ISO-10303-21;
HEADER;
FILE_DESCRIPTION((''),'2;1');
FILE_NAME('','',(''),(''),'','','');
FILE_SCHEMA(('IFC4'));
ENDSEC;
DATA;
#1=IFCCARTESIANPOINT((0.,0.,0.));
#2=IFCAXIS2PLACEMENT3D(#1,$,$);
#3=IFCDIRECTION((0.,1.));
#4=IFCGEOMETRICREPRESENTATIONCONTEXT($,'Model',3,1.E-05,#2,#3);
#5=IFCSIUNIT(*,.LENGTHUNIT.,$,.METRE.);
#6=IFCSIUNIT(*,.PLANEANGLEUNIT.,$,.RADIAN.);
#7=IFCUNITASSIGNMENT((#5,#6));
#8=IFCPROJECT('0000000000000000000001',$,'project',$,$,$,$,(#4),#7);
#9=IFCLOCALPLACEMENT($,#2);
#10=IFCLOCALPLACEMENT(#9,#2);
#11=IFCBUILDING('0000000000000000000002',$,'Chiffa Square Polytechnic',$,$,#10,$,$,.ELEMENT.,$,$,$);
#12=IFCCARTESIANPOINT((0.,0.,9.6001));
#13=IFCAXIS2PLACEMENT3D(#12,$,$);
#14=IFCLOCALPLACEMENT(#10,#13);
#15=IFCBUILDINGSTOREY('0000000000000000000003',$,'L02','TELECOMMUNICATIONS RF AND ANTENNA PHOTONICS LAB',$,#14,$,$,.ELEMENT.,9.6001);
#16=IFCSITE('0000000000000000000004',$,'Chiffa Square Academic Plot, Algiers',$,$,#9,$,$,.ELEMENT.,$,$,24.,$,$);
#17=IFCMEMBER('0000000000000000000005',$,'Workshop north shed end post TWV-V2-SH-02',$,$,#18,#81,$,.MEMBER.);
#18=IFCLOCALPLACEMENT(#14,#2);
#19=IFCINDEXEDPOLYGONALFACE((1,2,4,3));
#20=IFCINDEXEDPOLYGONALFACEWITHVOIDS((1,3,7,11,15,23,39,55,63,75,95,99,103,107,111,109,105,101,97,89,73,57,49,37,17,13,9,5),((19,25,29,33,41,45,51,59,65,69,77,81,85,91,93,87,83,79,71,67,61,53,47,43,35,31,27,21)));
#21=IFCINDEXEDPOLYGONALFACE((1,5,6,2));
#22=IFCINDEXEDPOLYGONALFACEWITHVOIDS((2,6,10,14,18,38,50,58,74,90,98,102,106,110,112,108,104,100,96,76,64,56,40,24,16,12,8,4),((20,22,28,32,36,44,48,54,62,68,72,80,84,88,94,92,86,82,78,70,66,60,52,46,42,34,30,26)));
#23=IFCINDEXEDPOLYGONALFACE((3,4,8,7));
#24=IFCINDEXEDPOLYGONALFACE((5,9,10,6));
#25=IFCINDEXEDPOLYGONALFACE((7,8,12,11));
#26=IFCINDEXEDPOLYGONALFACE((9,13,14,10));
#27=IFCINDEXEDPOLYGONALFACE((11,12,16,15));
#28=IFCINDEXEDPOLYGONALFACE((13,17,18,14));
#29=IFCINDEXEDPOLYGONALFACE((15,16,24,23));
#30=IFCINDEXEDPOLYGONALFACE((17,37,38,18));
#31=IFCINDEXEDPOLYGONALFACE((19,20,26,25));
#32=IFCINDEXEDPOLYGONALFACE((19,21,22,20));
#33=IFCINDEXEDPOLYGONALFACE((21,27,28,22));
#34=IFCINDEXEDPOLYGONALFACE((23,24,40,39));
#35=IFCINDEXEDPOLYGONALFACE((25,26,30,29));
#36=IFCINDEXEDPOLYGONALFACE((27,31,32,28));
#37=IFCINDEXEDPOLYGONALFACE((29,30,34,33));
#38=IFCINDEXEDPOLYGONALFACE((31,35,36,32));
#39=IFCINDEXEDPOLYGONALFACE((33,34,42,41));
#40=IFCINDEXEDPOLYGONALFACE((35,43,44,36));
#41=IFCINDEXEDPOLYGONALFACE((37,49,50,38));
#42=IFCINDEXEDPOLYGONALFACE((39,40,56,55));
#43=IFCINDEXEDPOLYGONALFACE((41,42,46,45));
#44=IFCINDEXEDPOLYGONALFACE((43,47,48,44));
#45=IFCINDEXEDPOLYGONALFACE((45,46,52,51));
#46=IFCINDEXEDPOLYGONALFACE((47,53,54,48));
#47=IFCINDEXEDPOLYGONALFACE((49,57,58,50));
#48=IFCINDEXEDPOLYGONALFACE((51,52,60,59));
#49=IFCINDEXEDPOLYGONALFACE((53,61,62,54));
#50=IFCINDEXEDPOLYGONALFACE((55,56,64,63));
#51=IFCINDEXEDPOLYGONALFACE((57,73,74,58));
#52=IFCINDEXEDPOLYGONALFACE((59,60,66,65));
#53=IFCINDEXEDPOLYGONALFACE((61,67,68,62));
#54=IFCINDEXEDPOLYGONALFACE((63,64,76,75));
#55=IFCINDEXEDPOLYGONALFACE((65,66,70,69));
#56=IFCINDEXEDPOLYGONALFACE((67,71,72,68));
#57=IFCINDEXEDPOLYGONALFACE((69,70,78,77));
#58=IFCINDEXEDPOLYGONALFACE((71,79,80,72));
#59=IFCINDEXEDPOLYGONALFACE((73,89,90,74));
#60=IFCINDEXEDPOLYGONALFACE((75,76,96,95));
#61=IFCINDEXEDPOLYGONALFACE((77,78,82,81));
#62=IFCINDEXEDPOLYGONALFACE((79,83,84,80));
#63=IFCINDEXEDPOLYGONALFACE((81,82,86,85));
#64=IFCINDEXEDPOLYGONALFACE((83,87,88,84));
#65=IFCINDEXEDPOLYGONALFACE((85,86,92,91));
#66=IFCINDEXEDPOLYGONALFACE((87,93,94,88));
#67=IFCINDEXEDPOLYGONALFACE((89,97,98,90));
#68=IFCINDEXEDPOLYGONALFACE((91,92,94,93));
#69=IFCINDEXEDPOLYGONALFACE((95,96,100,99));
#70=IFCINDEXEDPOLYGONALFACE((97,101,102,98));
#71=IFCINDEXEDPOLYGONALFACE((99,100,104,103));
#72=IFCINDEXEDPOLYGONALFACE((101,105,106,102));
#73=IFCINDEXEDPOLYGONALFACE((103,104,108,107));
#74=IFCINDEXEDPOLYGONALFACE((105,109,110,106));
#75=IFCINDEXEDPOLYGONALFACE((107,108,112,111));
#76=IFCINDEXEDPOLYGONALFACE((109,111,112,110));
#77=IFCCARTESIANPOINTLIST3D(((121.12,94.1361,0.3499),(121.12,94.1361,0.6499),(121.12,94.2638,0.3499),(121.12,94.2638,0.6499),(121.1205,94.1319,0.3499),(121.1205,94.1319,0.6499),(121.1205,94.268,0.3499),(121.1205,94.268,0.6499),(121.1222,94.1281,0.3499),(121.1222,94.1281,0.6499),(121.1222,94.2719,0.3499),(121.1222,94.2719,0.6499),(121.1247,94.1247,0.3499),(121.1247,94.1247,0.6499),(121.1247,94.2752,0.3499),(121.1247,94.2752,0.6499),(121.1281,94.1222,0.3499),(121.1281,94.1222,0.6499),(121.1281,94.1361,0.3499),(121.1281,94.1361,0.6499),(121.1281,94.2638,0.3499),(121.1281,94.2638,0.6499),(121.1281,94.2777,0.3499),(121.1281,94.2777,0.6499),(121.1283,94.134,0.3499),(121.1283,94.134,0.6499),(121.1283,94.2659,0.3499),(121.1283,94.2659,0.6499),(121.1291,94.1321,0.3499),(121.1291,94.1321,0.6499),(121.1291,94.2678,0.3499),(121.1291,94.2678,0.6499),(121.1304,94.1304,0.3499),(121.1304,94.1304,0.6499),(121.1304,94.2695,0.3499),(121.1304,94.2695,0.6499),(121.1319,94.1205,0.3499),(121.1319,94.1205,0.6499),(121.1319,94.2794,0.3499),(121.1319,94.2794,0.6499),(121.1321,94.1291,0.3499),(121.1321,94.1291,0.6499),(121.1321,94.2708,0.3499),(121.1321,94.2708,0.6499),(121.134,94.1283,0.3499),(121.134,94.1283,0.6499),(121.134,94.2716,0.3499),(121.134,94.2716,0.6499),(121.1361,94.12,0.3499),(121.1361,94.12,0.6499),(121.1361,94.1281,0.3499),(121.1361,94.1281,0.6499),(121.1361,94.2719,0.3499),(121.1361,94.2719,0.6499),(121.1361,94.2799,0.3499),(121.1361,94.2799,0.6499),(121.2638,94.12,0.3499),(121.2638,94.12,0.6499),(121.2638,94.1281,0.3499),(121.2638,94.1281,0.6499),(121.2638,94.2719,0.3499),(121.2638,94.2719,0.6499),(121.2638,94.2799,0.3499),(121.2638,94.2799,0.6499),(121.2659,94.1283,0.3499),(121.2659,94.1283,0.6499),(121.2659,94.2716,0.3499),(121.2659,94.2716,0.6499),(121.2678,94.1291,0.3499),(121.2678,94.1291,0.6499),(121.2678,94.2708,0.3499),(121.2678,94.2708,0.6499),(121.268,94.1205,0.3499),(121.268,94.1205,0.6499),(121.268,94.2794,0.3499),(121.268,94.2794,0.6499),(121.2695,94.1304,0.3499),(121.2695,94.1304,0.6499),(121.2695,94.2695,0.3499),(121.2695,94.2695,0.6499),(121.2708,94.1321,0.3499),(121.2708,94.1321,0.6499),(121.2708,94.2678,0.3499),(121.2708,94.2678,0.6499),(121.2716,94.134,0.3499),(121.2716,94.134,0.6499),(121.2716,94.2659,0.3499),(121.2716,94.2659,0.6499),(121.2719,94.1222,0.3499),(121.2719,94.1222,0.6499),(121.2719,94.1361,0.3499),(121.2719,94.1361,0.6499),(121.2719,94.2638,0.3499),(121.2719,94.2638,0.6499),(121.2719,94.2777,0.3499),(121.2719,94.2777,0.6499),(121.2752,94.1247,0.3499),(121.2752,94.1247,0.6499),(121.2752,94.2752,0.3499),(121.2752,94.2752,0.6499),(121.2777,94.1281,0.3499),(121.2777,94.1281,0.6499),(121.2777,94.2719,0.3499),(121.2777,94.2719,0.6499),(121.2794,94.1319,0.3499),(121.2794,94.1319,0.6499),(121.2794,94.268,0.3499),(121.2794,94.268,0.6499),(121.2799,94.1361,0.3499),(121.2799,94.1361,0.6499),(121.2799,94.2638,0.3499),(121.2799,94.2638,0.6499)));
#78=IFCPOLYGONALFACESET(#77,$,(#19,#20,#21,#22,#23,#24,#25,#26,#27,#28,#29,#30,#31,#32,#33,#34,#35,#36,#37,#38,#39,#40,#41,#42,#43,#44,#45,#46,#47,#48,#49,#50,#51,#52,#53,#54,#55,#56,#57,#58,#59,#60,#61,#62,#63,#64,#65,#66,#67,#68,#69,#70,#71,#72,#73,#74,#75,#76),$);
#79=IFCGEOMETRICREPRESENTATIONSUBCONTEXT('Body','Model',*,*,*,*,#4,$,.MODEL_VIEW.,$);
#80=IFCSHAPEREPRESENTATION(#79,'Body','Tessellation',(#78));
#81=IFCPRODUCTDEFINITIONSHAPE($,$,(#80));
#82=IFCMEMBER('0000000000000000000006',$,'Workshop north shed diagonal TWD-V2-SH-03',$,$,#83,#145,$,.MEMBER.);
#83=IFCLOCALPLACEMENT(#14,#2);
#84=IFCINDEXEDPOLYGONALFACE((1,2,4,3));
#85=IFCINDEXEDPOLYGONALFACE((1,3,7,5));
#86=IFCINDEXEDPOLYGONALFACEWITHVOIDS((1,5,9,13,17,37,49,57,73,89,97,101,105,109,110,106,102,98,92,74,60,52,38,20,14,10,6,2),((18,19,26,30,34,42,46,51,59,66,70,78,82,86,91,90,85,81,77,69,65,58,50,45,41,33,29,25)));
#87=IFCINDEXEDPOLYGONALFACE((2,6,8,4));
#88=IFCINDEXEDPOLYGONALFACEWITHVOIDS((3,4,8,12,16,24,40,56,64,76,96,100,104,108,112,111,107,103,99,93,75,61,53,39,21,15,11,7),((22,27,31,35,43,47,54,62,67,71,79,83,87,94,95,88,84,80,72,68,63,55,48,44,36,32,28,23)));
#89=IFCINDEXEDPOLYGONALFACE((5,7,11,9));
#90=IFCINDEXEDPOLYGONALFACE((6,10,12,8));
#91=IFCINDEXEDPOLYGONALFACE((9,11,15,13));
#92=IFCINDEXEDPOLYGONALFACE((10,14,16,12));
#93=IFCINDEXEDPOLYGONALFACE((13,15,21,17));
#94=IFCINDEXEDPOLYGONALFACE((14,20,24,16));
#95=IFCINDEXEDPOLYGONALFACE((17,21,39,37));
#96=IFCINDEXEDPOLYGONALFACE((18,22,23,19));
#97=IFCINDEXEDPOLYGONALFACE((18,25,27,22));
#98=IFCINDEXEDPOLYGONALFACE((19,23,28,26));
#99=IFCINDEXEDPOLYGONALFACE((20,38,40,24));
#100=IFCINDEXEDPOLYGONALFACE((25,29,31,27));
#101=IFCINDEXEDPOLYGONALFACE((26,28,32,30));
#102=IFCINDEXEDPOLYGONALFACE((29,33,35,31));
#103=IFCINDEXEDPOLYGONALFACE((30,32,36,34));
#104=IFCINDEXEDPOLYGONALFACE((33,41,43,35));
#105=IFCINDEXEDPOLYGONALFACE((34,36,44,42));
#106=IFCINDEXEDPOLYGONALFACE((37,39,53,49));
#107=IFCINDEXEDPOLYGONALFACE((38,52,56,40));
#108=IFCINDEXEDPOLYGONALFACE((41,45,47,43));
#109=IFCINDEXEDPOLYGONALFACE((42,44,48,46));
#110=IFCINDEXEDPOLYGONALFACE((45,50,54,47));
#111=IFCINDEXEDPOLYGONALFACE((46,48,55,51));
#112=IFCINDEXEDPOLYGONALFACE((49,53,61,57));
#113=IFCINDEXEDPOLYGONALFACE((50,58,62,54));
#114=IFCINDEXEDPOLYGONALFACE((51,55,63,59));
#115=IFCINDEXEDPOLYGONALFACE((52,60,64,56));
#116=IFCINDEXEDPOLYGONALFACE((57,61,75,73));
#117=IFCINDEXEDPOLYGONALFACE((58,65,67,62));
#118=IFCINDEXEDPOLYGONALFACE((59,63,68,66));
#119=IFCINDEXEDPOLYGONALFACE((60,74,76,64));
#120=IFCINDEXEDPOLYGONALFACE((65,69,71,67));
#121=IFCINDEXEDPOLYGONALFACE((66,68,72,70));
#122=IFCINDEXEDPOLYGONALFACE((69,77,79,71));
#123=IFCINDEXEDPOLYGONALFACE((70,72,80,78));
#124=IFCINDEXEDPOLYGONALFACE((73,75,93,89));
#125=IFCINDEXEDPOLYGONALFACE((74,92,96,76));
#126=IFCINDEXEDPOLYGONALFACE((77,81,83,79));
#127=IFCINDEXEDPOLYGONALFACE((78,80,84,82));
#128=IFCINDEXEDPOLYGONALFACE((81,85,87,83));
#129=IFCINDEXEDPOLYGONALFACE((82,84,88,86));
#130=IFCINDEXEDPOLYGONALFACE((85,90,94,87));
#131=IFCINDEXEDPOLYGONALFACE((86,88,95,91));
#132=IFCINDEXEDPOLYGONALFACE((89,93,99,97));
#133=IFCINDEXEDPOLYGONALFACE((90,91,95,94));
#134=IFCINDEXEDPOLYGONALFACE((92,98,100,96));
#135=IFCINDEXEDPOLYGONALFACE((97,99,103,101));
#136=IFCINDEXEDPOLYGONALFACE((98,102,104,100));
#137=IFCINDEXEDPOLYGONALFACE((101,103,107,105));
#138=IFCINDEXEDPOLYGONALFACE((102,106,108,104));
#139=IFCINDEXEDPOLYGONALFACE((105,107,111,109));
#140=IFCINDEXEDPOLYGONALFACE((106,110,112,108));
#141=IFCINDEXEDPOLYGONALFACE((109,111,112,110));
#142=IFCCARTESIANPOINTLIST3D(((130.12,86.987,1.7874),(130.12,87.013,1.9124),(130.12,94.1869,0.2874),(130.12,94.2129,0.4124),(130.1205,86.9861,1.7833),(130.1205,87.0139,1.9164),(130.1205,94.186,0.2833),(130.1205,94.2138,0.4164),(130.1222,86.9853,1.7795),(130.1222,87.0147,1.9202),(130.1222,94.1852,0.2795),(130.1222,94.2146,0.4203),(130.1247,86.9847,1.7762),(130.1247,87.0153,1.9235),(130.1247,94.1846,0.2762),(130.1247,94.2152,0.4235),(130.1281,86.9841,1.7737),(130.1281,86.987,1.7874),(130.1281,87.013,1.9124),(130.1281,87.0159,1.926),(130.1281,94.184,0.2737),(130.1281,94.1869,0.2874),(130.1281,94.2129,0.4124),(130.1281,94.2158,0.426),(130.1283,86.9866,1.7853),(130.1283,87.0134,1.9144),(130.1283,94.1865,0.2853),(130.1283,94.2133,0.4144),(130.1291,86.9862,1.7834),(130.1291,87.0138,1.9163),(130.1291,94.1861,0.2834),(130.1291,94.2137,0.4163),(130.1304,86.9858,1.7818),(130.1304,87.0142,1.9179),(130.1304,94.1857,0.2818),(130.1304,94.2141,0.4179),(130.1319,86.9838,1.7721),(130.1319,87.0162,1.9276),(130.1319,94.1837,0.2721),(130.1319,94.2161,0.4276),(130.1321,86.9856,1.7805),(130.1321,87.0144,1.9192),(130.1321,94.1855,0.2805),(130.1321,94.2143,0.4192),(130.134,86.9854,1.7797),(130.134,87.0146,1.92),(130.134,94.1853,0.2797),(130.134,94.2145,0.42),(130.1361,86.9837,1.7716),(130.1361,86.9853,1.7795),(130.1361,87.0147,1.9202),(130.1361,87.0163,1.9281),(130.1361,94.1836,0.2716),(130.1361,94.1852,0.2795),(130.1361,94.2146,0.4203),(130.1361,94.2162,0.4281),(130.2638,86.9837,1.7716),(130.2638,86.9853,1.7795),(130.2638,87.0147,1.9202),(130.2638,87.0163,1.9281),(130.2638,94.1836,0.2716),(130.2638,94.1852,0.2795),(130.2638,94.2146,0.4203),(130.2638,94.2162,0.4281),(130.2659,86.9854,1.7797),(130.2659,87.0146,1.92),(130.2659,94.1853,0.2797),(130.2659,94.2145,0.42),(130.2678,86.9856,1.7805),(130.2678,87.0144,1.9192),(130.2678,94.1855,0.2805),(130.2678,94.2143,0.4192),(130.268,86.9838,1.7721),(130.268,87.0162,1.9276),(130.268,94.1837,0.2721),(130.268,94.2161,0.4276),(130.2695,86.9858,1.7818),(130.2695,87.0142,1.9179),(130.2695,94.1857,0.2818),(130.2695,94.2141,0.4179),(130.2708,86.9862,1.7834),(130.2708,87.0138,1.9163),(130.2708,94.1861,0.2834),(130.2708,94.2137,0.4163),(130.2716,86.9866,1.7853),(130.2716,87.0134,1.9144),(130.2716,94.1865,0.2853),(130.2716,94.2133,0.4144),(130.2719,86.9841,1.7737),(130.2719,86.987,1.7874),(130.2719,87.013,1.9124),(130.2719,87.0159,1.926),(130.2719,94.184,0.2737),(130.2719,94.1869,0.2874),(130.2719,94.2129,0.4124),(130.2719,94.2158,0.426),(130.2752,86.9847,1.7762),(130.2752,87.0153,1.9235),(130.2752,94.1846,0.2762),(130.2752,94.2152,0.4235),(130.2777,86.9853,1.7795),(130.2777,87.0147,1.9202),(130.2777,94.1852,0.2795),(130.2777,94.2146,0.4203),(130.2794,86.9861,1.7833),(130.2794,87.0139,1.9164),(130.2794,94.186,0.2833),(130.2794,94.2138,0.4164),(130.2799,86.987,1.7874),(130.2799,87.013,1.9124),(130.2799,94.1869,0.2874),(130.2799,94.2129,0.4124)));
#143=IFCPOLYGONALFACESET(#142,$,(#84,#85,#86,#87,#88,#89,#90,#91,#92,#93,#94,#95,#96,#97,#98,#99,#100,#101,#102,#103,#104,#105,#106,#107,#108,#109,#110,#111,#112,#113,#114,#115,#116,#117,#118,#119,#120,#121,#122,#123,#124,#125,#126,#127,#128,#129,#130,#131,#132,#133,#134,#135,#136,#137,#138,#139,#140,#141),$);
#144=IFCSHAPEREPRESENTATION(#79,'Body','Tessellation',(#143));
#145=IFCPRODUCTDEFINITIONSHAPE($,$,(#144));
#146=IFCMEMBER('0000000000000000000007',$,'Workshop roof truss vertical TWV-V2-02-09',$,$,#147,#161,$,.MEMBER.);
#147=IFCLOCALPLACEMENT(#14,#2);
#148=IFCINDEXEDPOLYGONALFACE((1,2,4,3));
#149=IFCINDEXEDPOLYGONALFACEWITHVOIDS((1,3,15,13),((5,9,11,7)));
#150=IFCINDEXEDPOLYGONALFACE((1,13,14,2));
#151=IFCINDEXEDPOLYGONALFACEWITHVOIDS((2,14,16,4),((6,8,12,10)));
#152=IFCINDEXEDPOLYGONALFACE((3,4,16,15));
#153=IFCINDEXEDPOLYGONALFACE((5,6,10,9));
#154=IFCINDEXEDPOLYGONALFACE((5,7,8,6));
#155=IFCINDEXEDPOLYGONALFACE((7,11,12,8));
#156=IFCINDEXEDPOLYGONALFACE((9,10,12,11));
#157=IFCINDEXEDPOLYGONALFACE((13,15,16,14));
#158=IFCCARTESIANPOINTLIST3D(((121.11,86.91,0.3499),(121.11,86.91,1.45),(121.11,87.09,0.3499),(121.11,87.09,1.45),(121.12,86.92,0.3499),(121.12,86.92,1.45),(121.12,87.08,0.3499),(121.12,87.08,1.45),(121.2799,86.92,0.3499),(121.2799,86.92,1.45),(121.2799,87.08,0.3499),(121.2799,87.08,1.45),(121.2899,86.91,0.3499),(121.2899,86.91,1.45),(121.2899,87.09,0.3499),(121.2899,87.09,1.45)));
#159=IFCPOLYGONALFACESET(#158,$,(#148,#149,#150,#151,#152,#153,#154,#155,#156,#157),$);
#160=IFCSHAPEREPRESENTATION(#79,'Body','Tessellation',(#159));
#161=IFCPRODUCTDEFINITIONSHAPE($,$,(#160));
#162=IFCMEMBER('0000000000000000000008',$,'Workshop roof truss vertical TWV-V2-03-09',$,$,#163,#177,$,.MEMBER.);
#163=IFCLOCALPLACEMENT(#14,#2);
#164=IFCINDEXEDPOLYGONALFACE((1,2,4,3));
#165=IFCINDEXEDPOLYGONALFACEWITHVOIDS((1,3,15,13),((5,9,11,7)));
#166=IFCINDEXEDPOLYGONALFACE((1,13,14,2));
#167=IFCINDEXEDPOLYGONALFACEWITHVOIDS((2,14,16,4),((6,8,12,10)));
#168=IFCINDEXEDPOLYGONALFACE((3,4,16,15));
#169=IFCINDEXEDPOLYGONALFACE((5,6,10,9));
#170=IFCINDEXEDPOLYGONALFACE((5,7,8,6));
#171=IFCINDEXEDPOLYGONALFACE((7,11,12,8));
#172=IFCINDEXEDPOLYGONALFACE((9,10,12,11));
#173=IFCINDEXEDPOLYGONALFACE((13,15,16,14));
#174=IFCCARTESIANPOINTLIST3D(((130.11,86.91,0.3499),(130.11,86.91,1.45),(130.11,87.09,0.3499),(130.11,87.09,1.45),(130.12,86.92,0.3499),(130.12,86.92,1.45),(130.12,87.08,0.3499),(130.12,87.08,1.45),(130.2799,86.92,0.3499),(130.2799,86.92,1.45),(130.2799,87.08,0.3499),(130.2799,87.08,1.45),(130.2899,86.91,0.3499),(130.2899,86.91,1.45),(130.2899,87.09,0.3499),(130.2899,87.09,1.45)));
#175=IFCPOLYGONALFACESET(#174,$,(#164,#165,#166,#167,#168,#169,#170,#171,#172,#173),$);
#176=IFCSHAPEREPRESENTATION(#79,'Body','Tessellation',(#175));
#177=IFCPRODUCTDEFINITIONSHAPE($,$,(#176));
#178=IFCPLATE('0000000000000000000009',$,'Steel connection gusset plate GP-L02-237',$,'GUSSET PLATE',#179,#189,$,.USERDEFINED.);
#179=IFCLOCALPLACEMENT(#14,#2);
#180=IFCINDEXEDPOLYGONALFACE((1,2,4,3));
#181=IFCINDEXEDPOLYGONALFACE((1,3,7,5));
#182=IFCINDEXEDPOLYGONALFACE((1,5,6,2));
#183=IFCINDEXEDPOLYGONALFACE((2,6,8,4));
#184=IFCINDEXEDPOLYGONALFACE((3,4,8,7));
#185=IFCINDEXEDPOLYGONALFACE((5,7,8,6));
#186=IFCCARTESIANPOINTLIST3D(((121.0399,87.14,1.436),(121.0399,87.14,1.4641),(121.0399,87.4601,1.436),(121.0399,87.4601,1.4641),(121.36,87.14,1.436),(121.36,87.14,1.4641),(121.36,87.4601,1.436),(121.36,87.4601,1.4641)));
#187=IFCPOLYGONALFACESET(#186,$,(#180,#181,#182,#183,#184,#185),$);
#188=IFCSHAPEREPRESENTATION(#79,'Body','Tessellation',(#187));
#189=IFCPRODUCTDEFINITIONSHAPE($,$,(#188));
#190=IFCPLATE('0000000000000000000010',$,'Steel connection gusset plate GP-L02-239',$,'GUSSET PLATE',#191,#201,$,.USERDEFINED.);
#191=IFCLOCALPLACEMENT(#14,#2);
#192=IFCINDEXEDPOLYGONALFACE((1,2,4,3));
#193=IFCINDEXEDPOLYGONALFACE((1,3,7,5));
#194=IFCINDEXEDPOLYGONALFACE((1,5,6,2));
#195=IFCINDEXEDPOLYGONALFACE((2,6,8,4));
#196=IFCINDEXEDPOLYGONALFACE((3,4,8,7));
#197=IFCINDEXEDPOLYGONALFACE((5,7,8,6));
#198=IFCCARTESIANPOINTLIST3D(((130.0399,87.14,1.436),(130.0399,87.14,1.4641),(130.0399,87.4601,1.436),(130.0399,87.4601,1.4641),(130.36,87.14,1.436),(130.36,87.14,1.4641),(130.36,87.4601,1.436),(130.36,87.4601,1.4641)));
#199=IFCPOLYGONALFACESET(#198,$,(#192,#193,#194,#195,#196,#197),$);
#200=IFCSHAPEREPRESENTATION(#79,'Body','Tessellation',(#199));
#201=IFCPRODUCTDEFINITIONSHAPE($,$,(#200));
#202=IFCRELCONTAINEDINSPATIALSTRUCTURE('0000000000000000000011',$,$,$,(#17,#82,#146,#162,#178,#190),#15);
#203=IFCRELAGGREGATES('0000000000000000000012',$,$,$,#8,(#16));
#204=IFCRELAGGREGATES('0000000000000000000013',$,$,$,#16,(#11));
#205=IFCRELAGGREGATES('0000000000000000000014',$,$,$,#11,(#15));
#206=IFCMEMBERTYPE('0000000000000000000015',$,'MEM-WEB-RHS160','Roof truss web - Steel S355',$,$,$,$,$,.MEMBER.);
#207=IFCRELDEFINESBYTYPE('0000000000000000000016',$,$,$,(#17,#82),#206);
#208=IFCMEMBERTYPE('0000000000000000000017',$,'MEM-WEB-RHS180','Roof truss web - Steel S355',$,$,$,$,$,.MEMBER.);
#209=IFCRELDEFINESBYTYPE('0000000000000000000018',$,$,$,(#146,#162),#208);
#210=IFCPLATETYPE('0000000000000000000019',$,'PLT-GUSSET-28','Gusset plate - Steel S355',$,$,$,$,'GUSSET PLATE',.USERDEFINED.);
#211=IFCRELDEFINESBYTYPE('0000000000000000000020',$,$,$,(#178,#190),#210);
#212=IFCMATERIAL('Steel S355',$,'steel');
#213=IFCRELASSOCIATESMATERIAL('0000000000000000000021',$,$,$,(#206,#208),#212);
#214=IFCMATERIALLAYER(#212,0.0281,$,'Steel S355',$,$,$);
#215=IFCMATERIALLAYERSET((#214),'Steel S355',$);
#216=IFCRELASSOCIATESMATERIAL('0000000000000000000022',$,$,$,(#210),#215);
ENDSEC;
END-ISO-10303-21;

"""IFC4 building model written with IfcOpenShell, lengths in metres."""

from ifc_helpers import new_model, si_unit, direction, frame, origin, origin_2d, place, context, subcontext, project, spatial, rectangle, hollow_rectangle, extrude, material, layer, layer_set, material_profile, profile_set, type_object, element, save


model = new_model("IFC4")

# Units and contexts
model_context = context("Model", 3, precision=1e-05, world=origin(), true_north=direction((0.0, 1.0)))
body_context = subcontext(model_context, "Body", "Model", "MODEL_VIEW")
ifc_project = project(units=[si_unit("LENGTHUNIT", "METRE"), si_unit("PLANEANGLEUNIT", "RADIAN")], contexts=[model_context])

# Site, building, storey
site_placement = place(None, origin())
site = spatial("IfcSite", under=ifc_project, at=site_placement, Name="Chiffa Square Academic Plot, Algiers", CompositionType="ELEMENT", RefElevation=24.0)
building_placement = place(site_placement, origin())
building = spatial("IfcBuilding", under=site, at=building_placement, Name="Chiffa Square Polytechnic", CompositionType="ELEMENT")
storey_placement = place(building_placement, frame((0.0, 0.0, 9.6001)))
storey = spatial("IfcBuildingStorey", under=building, at=storey_placement, Name="L02", Description="TELECOMMUNICATIONS RF AND ANTENNA PHOTONICS LAB", CompositionType="ELEMENT", Elevation=9.6001)

# Shared definitions
ifc_material_1 = material(Name="Steel S355", Category="steel")

# Members
ifc_material_profile_1 = material_profile(ifc_material_1, hollow_rectangle(XDim=0.1599, YDim=0.1599, WallThickness=0.0081, InnerFilletRadius=0.0081, OuterFilletRadius=0.0161, at=origin_2d()), Name="RHS 160x160x8")
ifc_profile_set_1 = profile_set([ifc_material_profile_1], Name="Steel S355")
member_type_1 = type_object("IfcMemberType", Name="MEM-WEB-RHS160", Description="Roof truss web - Steel S355", PredefinedType="MEMBER", material=ifc_profile_set_1)
member_1_placement = place(storey_placement, frame((121.2, 94.2, 0.3499), z_axis=(0.0, 0.0, 1.0), x_axis=(1.0, 0.0, 0.0)))
element("IfcMember", 1, at=member_1_placement, inside=storey, type_object=member_type_1, Name="Workshop north shed end post TWV-V2-SH-02", PredefinedType="MEMBER", context=body_context, shape_type="SweptSolid", body=[
    extrude(hollow_rectangle(XDim=0.1599, YDim=0.1599, WallThickness=0.0081, InnerFilletRadius=0.0081, OuterFilletRadius=0.0161, at=origin_2d()), origin(), (0.0, 0.0, 1.0), 0.3),
])
member_2_placement = place(storey_placement, frame((130.2, 87.0, 1.8499), z_axis=(0.0, 0.97898, -0.203956), x_axis=(-1.0, 0.0, 0.0)))
element("IfcMember", 2, at=member_2_placement, inside=storey, type_object=member_type_1, Name="Workshop north shed diagonal TWD-V2-SH-03", PredefinedType="MEMBER", context=body_context, shape_type="SweptSolid", body=[
    extrude(hollow_rectangle(XDim=0.1599, YDim=0.1599, WallThickness=0.0081, InnerFilletRadius=0.0081, OuterFilletRadius=0.0161, at=origin_2d()), origin(), (0.0, 0.0, 1.0), 7.3545),
])
ifc_material_profile_2 = material_profile(ifc_material_1, hollow_rectangle(XDim=0.1799, YDim=0.1799, WallThickness=0.01, at=origin_2d()), Name="RHS 180x180x10")
ifc_profile_set_2 = profile_set([ifc_material_profile_2], Name="Steel S355")
member_type_2 = type_object("IfcMemberType", Name="MEM-WEB-RHS180", Description="Roof truss web - Steel S355", PredefinedType="MEMBER", material=ifc_profile_set_2)
for number, where, z_axis, x_axis, name in (
    (3, (121.2, 87.0, 0.3499), (0.0, 0.0, 1.0), (1.0, 0.0, 0.0), "Workshop roof truss vertical TWV-V2-02-09"),
    (4, (130.2, 87.0, 0.3499), (0.0, 0.0, 1.0), (1.0, 0.0, 0.0), "Workshop roof truss vertical TWV-V2-03-09"),
):
    element("IfcMember", number, at=place(storey_placement, frame(where, z_axis=z_axis, x_axis=x_axis)), inside=storey, type_object=member_type_2, Name=name, PredefinedType="MEMBER", context=body_context, shape_type="SweptSolid", body=[
        extrude(hollow_rectangle(XDim=0.1799, YDim=0.1799, WallThickness=0.01, at=origin_2d()), origin(), (0.0, 0.0, 1.0), 1.1001),
    ])

# Plates
ifc_layer_1 = layer(ifc_material_1, 0.0281, Name="Steel S355")
ifc_layer_set_1 = layer_set([ifc_layer_1], Name="Steel S355")
plate_type_1 = type_object("IfcPlateType", Name="PLT-GUSSET-28", Description="Gusset plate - Steel S355", ElementType="GUSSET PLATE", PredefinedType="USERDEFINED", material=ifc_layer_set_1)
for number, where, z_axis, x_axis, name in (
    (5, (121.2, 87.3, 1.436), (0.0, 0.0, 1.0), (1.0, 0.0, 0.0), "Steel connection gusset plate GP-L02-237"),
    (6, (130.2, 87.3, 1.436), (0.0, 0.0, 1.0), (1.0, 0.0, 0.0), "Steel connection gusset plate GP-L02-239"),
):
    element("IfcPlate", number, at=place(storey_placement, frame(where, z_axis=z_axis, x_axis=x_axis)), inside=storey, type_object=plate_type_1, Name=name, ObjectType="GUSSET PLATE", PredefinedType="USERDEFINED", context=body_context, shape_type="SweptSolid", body=[
        extrude(rectangle(XDim=0.3201, YDim=0.3201, at=origin_2d()), origin(), (0.0, 0.0, 1.0), 0.0281),
    ])

save(model, "model.ifc")
